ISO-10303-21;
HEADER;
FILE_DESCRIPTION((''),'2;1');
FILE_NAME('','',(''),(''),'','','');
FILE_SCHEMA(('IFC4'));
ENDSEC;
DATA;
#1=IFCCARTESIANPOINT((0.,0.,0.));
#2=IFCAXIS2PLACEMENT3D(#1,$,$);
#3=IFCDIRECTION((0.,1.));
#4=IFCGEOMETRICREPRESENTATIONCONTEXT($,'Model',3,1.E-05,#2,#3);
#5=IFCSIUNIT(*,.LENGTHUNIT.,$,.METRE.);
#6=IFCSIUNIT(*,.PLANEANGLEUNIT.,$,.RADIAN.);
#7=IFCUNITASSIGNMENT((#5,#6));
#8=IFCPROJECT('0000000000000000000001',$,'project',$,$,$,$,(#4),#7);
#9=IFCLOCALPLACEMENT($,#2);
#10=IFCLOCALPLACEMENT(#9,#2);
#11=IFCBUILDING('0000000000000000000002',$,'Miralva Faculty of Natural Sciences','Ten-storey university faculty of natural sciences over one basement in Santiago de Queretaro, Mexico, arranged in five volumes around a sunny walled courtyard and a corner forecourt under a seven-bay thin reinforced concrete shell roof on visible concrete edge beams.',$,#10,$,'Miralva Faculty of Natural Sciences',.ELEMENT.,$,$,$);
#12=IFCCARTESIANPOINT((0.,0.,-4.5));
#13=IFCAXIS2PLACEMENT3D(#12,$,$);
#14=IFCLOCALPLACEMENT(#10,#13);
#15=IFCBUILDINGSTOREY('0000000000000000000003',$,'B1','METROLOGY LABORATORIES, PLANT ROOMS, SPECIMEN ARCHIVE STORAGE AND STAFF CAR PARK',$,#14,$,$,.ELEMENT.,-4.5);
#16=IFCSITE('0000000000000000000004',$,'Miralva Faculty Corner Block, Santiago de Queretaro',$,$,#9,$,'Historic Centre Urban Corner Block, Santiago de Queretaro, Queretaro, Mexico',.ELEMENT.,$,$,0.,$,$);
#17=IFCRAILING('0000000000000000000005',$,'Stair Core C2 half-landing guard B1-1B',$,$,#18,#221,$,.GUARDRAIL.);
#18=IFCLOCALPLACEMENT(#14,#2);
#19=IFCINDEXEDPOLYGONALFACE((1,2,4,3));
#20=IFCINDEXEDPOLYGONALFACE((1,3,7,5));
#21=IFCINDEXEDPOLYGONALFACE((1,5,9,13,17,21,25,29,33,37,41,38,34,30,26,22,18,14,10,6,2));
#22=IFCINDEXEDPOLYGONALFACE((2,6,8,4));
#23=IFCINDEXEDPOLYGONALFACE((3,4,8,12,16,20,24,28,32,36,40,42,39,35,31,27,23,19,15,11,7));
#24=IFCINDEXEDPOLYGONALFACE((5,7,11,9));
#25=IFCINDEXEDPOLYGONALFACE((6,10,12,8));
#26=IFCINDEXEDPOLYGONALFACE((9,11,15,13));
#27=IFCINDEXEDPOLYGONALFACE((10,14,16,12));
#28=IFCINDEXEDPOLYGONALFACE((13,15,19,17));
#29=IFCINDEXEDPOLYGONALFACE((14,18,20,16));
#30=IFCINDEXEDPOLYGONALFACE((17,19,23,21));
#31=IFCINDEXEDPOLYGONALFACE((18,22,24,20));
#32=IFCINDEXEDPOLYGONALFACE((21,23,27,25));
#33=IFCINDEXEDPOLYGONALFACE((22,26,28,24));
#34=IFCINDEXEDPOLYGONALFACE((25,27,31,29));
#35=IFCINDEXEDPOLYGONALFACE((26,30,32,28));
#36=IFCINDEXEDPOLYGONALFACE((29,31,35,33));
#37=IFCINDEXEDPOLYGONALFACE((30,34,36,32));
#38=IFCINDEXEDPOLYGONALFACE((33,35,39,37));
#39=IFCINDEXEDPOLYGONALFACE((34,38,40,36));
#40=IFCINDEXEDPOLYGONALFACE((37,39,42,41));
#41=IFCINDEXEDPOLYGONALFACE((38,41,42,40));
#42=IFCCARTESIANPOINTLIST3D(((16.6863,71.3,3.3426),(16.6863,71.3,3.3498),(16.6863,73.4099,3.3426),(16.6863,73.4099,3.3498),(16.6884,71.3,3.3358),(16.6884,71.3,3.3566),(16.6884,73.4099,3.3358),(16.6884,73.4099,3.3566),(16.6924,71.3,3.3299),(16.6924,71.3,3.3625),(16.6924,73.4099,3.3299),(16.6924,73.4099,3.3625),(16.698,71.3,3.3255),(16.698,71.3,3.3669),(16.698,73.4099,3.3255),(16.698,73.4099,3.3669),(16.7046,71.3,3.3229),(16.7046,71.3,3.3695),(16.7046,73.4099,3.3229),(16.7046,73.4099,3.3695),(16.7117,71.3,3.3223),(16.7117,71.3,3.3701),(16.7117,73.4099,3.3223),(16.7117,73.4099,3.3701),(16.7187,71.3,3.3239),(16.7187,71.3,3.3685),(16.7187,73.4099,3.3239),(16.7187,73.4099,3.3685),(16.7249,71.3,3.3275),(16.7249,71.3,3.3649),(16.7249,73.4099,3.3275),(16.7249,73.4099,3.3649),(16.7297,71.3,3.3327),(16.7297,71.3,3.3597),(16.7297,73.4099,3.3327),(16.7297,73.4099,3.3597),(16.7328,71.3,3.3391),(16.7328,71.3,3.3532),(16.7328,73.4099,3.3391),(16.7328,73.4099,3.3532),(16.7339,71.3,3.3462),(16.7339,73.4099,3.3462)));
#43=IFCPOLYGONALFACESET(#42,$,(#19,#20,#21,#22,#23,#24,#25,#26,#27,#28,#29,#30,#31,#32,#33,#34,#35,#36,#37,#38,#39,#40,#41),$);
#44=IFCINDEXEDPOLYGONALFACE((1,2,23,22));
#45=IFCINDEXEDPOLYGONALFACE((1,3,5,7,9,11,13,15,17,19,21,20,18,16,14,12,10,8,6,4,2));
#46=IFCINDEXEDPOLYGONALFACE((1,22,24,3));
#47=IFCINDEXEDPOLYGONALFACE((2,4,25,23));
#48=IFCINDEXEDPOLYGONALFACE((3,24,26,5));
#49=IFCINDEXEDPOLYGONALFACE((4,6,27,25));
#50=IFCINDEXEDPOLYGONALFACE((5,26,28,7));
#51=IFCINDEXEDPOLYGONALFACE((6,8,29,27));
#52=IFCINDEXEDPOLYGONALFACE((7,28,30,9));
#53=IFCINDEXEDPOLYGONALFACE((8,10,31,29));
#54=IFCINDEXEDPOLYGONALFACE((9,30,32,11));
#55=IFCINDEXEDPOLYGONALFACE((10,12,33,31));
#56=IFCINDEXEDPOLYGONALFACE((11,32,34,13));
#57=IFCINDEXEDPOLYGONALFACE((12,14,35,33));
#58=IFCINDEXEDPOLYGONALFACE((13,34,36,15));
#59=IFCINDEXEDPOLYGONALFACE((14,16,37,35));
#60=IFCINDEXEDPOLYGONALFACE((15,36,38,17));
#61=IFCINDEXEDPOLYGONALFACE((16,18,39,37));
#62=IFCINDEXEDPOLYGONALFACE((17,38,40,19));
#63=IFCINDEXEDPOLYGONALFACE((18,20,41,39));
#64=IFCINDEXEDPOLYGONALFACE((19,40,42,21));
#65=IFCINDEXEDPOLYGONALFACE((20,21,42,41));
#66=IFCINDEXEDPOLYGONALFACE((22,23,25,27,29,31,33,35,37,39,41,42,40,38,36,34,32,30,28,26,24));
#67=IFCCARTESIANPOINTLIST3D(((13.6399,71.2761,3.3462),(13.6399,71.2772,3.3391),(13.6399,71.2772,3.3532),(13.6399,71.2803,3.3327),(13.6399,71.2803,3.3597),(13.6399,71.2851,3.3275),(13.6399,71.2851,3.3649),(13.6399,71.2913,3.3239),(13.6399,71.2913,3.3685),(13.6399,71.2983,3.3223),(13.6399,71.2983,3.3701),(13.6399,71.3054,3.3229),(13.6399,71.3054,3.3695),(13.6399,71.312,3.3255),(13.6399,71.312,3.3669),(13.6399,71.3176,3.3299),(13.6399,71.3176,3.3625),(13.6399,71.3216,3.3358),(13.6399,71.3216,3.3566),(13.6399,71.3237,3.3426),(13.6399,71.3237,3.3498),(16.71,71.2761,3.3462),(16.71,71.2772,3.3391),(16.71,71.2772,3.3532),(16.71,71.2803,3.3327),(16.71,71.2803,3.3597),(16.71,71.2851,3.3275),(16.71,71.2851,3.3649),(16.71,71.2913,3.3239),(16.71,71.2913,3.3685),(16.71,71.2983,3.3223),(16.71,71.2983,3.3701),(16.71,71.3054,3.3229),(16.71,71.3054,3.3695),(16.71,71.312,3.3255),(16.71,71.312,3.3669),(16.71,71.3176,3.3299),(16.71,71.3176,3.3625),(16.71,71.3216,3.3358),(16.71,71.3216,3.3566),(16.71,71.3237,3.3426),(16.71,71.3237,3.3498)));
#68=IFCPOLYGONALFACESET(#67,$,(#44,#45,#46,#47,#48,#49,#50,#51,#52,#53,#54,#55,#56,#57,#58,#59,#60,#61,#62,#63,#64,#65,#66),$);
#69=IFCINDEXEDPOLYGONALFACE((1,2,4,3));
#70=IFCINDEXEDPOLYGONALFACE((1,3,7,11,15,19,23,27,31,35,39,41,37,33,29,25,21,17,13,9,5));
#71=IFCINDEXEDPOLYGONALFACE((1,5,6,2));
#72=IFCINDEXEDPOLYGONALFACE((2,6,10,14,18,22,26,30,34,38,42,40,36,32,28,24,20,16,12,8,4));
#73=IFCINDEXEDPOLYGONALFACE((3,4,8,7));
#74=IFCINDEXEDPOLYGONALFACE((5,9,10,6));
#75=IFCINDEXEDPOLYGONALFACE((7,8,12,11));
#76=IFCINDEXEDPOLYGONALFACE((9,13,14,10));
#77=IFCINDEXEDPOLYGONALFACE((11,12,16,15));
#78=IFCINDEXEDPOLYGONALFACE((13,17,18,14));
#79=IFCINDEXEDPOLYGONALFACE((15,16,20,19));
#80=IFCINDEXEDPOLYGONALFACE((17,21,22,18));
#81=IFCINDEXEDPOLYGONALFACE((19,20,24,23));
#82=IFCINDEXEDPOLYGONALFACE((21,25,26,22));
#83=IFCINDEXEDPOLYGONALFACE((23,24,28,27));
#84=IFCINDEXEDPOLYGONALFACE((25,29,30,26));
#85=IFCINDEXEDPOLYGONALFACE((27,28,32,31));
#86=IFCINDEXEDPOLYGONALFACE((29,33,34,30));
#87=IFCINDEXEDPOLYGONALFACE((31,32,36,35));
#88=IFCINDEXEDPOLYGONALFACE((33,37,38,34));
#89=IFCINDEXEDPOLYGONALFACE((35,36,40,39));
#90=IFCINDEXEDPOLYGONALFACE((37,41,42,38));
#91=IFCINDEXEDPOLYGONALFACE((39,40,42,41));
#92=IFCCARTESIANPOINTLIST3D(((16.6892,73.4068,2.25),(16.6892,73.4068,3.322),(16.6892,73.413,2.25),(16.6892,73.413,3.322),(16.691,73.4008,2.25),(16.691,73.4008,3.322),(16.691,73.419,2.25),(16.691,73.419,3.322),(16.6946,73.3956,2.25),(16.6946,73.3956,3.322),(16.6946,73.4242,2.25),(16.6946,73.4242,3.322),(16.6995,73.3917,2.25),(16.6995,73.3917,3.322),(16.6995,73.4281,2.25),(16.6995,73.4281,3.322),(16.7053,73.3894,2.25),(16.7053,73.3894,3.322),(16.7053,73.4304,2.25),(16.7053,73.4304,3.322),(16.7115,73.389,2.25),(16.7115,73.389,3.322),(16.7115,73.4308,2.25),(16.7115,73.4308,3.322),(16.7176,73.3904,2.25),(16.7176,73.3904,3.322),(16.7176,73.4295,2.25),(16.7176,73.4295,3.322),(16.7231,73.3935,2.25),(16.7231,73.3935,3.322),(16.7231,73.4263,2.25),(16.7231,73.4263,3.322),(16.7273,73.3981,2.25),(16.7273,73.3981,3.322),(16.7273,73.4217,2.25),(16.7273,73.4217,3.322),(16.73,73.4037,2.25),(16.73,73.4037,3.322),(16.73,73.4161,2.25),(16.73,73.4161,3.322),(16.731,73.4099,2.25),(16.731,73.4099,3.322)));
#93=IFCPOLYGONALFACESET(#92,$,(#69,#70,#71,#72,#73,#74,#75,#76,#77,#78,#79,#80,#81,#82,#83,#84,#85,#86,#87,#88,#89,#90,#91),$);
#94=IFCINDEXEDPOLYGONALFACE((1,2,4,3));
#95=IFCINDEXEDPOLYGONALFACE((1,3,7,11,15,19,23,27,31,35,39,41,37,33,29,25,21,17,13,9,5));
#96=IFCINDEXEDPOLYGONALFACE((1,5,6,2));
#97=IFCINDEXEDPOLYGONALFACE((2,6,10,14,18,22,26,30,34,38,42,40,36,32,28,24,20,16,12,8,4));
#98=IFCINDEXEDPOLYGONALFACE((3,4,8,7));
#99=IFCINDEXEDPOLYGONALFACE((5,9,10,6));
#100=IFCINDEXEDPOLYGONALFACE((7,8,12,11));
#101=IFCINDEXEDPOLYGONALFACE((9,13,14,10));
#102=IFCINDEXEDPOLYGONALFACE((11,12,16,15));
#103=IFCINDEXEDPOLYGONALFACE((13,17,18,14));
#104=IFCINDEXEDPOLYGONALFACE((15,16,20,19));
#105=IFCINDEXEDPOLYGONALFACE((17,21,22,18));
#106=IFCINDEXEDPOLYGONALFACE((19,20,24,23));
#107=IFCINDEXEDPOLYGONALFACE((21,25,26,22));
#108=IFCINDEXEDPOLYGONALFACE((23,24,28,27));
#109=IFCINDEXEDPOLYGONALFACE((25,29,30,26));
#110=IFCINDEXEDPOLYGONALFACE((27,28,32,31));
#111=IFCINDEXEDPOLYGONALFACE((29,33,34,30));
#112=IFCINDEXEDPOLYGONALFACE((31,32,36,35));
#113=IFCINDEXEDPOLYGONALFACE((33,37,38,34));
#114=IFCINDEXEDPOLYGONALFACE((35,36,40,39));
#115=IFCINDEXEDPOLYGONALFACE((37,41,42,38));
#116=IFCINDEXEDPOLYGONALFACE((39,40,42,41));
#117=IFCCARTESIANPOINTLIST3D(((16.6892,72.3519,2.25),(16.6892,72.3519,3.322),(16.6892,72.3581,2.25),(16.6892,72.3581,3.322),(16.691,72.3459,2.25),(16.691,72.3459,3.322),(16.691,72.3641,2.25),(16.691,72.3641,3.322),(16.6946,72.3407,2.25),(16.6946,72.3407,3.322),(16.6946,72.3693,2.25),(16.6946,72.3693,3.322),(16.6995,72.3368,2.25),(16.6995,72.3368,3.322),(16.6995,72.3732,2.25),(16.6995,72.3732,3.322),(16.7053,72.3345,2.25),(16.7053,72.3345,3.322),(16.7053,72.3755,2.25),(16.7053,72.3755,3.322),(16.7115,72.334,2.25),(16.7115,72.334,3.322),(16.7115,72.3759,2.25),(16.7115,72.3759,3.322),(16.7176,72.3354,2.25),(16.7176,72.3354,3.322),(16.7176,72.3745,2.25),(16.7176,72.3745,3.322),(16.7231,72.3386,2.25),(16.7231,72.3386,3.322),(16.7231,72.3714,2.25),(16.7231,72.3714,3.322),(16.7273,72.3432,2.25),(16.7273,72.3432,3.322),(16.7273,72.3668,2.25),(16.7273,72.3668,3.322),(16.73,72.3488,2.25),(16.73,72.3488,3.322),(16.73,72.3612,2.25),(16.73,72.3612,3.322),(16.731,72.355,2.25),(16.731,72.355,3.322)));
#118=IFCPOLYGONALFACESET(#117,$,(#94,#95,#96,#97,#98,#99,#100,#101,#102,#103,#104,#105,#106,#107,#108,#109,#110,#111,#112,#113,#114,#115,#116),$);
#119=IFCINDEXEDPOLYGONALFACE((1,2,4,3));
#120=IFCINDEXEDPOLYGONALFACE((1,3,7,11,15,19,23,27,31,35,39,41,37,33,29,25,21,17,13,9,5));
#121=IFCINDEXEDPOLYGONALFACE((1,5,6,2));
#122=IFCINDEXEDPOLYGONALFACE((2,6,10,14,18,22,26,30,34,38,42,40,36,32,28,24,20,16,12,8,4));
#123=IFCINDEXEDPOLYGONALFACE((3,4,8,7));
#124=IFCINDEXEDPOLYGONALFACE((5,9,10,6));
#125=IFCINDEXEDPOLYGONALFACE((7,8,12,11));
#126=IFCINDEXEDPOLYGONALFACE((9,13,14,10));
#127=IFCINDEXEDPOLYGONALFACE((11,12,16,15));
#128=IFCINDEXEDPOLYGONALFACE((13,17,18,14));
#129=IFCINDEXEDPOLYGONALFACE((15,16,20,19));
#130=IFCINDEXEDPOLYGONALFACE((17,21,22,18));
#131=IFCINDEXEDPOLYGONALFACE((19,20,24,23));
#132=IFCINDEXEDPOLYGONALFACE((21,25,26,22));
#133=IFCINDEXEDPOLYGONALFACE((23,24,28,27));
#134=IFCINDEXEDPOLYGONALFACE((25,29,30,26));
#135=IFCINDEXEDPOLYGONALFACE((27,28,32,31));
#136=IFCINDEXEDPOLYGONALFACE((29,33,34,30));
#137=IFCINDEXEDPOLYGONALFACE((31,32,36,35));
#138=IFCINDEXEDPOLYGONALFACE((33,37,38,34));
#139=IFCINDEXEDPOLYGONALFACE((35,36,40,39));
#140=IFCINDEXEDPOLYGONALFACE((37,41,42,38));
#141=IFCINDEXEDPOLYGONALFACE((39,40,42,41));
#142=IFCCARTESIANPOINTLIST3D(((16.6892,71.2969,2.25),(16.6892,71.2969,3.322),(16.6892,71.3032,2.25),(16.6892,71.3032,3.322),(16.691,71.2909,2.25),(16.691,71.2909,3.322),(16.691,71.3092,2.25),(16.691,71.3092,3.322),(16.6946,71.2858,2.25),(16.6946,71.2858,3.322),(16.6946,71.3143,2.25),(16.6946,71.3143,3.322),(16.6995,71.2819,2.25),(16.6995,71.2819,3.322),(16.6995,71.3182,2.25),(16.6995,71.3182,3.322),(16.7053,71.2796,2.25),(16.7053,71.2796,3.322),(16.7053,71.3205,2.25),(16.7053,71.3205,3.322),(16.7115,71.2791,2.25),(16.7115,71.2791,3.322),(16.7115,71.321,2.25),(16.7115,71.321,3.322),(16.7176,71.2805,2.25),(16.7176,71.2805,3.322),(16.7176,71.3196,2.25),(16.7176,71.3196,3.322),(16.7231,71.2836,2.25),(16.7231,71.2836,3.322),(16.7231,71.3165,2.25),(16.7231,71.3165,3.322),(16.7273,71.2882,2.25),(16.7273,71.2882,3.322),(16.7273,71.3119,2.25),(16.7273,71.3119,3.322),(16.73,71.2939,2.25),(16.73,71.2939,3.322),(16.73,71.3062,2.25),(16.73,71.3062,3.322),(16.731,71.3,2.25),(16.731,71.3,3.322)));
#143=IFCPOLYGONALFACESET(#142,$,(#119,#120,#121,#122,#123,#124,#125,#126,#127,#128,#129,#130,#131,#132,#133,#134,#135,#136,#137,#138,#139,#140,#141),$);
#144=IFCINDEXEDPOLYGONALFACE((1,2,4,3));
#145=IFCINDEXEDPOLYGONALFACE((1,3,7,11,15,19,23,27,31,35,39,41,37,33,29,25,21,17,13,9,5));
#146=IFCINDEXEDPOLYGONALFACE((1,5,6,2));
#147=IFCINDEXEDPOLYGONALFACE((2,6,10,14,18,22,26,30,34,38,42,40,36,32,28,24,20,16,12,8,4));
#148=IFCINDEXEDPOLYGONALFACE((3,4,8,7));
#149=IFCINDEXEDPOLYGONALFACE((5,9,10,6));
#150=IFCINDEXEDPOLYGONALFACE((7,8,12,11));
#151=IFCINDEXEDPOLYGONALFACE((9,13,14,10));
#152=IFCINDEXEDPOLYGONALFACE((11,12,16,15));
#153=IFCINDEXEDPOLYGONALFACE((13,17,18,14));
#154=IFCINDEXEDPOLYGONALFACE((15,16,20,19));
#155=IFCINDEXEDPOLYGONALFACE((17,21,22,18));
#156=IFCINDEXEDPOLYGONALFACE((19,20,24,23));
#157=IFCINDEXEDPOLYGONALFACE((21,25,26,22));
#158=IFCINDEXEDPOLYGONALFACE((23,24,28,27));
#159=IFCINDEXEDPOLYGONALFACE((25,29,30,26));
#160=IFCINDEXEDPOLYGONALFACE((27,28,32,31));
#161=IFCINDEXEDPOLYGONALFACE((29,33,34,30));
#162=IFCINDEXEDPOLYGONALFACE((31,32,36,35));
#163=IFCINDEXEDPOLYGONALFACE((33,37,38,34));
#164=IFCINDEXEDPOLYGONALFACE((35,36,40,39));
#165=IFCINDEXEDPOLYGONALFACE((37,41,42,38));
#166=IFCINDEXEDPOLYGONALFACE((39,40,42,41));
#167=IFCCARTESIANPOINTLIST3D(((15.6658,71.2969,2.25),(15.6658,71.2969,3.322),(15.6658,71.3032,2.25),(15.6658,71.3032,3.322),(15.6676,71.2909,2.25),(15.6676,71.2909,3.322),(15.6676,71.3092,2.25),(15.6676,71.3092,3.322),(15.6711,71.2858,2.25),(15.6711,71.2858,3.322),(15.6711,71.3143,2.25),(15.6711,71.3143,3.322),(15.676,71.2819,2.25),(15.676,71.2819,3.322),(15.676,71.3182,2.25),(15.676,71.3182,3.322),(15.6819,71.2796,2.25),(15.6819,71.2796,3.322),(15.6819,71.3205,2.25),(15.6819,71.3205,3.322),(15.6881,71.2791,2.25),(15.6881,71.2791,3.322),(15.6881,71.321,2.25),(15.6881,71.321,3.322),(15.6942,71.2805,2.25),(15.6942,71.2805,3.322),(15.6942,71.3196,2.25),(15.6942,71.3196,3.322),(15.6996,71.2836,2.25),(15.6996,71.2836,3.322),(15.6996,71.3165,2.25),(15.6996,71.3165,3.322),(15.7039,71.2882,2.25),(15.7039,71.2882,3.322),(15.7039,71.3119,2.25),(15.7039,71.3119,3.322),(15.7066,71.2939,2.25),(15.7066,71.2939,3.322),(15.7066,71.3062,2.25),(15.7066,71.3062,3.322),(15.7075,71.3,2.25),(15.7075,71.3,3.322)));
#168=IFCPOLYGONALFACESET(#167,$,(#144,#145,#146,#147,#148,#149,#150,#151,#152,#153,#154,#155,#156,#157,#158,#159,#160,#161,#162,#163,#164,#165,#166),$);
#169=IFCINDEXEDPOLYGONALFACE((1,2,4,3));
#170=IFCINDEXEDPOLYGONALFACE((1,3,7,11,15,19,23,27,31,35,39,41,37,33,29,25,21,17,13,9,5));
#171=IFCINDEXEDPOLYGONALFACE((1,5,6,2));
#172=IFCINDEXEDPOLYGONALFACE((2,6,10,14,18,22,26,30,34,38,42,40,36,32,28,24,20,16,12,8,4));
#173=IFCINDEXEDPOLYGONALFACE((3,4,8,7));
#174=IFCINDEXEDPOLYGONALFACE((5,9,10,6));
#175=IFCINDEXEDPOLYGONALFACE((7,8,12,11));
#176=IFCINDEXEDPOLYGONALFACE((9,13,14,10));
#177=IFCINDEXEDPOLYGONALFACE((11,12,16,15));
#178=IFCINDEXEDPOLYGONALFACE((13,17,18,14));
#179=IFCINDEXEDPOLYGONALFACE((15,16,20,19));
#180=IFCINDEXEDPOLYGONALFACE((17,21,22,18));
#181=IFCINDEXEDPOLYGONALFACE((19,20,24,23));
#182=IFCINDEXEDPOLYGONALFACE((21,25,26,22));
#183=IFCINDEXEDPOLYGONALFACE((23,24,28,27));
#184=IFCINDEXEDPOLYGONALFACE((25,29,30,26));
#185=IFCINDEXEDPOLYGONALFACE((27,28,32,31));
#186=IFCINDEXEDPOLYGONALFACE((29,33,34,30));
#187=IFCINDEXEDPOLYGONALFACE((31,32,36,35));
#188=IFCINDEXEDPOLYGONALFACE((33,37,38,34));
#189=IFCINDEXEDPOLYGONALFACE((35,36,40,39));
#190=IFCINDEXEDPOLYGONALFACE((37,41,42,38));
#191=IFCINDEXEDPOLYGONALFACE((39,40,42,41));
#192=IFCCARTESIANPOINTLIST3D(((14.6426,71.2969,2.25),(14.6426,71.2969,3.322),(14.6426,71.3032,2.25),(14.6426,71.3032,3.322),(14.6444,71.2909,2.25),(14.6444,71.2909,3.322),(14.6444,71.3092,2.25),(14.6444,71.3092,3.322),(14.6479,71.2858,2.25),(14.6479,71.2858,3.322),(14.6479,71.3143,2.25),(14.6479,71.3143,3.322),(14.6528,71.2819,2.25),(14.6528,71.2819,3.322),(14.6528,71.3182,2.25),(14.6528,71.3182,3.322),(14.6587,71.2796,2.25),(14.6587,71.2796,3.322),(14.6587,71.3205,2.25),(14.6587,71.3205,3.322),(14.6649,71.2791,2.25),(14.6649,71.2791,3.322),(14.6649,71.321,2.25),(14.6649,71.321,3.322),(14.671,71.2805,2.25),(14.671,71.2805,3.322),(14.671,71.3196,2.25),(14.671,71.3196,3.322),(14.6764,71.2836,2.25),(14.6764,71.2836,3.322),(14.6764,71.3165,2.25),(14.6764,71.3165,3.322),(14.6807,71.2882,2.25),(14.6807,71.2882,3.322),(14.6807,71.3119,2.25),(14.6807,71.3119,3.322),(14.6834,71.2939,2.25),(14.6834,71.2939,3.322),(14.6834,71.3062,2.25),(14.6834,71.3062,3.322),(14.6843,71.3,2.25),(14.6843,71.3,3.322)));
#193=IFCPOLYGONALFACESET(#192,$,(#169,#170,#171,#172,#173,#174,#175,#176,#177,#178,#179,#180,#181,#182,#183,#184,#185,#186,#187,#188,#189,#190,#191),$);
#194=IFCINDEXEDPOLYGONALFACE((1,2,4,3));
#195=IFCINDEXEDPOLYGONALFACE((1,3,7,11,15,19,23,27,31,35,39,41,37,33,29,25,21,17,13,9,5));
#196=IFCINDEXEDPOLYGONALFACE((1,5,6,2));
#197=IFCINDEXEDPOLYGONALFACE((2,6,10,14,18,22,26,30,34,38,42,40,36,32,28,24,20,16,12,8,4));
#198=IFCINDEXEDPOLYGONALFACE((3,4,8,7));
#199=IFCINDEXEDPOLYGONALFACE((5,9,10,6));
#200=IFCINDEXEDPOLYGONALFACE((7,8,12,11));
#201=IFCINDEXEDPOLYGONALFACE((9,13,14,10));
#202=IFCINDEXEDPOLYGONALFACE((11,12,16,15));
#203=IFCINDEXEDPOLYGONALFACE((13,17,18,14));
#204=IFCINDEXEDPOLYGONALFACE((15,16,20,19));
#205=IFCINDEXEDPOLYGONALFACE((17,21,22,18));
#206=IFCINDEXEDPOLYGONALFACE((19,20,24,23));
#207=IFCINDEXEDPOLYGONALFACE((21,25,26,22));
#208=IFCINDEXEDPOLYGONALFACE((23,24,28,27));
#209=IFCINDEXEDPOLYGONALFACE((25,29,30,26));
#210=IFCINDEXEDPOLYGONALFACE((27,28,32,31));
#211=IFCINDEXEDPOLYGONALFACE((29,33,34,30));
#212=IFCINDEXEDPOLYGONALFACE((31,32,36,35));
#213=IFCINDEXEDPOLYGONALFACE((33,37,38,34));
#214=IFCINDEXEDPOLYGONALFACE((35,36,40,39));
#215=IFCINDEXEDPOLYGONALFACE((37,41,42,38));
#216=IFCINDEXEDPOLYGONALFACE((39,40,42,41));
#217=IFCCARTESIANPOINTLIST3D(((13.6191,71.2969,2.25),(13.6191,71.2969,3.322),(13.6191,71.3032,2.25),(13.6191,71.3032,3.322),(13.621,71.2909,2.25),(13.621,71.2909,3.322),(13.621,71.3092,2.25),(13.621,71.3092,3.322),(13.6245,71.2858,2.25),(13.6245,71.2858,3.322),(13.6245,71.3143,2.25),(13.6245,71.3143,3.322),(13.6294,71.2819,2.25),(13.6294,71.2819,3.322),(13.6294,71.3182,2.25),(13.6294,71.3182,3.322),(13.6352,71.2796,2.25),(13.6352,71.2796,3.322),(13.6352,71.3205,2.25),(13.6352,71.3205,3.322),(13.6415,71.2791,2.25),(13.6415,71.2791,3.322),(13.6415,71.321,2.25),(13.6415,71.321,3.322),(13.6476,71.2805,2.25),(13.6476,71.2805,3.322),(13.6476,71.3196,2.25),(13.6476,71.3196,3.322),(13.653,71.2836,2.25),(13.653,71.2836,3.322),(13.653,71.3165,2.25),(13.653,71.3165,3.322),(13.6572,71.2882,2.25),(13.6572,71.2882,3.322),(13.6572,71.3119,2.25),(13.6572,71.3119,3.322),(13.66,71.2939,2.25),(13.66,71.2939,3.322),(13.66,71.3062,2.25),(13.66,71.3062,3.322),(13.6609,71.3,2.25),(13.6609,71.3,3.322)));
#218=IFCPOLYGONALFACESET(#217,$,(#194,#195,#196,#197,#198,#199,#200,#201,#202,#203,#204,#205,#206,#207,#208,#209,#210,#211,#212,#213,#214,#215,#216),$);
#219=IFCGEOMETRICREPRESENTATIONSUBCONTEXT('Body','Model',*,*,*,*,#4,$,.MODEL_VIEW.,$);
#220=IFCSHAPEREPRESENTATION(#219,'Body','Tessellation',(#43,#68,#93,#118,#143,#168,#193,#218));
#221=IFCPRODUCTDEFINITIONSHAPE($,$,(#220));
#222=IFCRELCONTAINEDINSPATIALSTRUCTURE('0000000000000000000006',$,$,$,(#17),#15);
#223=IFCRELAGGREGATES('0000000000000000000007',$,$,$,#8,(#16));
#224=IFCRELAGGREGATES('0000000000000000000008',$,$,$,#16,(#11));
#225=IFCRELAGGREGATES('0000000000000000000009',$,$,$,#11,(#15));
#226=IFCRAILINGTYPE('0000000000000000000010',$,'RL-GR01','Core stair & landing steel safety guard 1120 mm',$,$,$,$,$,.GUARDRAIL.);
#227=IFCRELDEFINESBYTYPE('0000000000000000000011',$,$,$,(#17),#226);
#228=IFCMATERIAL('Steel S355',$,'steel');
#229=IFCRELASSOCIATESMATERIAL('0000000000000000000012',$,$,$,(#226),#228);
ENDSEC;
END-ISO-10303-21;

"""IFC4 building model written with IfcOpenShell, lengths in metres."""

from ifc_helpers import new_model, si_unit, direction, frame, origin, origin_2d, place, context, subcontext, project, spatial, circle, extrude, material, type_object, element, save


model = new_model("IFC4")

# Units and contexts
model_context = context("Model", 3, precision=1e-05, world=origin(), true_north=direction((0.0, 1.0)))
body_context = subcontext(model_context, "Body", "Model", "MODEL_VIEW")
ifc_project = project(units=[si_unit("LENGTHUNIT", "METRE"), si_unit("PLANEANGLEUNIT", "RADIAN")], contexts=[model_context])

# Site, building, storey
site_placement = place(None, origin())
site = spatial("IfcSite", under=ifc_project, at=site_placement, Name="Miralva Faculty Corner Block, Santiago de Queretaro", LongName="Historic Centre Urban Corner Block, Santiago de Queretaro, Queretaro, Mexico", CompositionType="ELEMENT", RefElevation=0.0)
building_placement = place(site_placement, origin())
building = spatial("IfcBuilding", under=site, at=building_placement, Name="Miralva Faculty of Natural Sciences", Description="Ten-storey university faculty of natural sciences over one basement in Santiago de Queretaro, Mexico, arranged in five volumes around a sunny walled courtyard and a corner forecourt under a seven-bay thin reinforced concrete shell roof on visible concrete edge beams.", LongName="Miralva Faculty of Natural Sciences", CompositionType="ELEMENT")
storey_placement = place(building_placement, frame((0.0, 0.0, -4.5)))
storey = spatial("IfcBuildingStorey", under=building, at=storey_placement, Name="B1", Description="METROLOGY LABORATORIES, PLANT ROOMS, SPECIMEN ARCHIVE STORAGE AND STAFF CAR PARK", CompositionType="ELEMENT", Elevation=-4.5)

# Railing
ifc_material_1 = material(Name="Steel S355", Category="steel")
railing_type_1 = type_object("IfcRailingType", Name="RL-GR01", Description="Core stair & landing steel safety guard 1120 mm", PredefinedType="GUARDRAIL", material=ifc_material_1)
railing_1_placement = place(storey_placement, frame((16.71, 73.4099, 2.25)))
element("IfcRailing", 1, at=railing_1_placement, inside=storey, type_object=railing_type_1, Name="Stair Core C2 half-landing guard B1-1B", PredefinedType="GUARDRAIL", context=body_context, shape_type="SweptSolid", body=[
    extrude(circle(Radius=0.0239, at=origin_2d()), frame((0.0, 0.0, 1.0962), z_axis=(0.0, -1.0, 0.0), x_axis=(1.0, 0.0, 0.0)), (0.0, 0.0, 1.0), 2.1099),
    extrude(circle(Radius=0.0239, at=origin_2d()), frame((0.0, -2.1099, 1.0962), z_axis=(-1.0, 0.0, 0.0), x_axis=(0.0, -1.0, 0.0)), (0.0, 0.0, 1.0), 3.0701),
    extrude(circle(Radius=0.021, at=origin_2d()), origin(), (0.0, 0.0, 1.0), 1.072),
    extrude(circle(Radius=0.021, at=origin_2d()), frame((0.0, -1.0549, 0.0)), (0.0, 0.0, 1.0), 1.072),
    extrude(circle(Radius=0.021, at=origin_2d()), frame((0.0, -2.1099, 0.0)), (0.0, 0.0, 1.0), 1.072),
    extrude(circle(Radius=0.021, at=origin_2d()), frame((-1.0234, -2.1099, 0.0)), (0.0, 0.0, 1.0), 1.072),
    extrude(circle(Radius=0.021, at=origin_2d()), frame((-2.0466, -2.1099, 0.0)), (0.0, 0.0, 1.0), 1.072),
    extrude(circle(Radius=0.021, at=origin_2d()), frame((-3.0701, -2.1099, 0.0)), (0.0, 0.0, 1.0), 1.072),
])

save(model, "model.ifc")
